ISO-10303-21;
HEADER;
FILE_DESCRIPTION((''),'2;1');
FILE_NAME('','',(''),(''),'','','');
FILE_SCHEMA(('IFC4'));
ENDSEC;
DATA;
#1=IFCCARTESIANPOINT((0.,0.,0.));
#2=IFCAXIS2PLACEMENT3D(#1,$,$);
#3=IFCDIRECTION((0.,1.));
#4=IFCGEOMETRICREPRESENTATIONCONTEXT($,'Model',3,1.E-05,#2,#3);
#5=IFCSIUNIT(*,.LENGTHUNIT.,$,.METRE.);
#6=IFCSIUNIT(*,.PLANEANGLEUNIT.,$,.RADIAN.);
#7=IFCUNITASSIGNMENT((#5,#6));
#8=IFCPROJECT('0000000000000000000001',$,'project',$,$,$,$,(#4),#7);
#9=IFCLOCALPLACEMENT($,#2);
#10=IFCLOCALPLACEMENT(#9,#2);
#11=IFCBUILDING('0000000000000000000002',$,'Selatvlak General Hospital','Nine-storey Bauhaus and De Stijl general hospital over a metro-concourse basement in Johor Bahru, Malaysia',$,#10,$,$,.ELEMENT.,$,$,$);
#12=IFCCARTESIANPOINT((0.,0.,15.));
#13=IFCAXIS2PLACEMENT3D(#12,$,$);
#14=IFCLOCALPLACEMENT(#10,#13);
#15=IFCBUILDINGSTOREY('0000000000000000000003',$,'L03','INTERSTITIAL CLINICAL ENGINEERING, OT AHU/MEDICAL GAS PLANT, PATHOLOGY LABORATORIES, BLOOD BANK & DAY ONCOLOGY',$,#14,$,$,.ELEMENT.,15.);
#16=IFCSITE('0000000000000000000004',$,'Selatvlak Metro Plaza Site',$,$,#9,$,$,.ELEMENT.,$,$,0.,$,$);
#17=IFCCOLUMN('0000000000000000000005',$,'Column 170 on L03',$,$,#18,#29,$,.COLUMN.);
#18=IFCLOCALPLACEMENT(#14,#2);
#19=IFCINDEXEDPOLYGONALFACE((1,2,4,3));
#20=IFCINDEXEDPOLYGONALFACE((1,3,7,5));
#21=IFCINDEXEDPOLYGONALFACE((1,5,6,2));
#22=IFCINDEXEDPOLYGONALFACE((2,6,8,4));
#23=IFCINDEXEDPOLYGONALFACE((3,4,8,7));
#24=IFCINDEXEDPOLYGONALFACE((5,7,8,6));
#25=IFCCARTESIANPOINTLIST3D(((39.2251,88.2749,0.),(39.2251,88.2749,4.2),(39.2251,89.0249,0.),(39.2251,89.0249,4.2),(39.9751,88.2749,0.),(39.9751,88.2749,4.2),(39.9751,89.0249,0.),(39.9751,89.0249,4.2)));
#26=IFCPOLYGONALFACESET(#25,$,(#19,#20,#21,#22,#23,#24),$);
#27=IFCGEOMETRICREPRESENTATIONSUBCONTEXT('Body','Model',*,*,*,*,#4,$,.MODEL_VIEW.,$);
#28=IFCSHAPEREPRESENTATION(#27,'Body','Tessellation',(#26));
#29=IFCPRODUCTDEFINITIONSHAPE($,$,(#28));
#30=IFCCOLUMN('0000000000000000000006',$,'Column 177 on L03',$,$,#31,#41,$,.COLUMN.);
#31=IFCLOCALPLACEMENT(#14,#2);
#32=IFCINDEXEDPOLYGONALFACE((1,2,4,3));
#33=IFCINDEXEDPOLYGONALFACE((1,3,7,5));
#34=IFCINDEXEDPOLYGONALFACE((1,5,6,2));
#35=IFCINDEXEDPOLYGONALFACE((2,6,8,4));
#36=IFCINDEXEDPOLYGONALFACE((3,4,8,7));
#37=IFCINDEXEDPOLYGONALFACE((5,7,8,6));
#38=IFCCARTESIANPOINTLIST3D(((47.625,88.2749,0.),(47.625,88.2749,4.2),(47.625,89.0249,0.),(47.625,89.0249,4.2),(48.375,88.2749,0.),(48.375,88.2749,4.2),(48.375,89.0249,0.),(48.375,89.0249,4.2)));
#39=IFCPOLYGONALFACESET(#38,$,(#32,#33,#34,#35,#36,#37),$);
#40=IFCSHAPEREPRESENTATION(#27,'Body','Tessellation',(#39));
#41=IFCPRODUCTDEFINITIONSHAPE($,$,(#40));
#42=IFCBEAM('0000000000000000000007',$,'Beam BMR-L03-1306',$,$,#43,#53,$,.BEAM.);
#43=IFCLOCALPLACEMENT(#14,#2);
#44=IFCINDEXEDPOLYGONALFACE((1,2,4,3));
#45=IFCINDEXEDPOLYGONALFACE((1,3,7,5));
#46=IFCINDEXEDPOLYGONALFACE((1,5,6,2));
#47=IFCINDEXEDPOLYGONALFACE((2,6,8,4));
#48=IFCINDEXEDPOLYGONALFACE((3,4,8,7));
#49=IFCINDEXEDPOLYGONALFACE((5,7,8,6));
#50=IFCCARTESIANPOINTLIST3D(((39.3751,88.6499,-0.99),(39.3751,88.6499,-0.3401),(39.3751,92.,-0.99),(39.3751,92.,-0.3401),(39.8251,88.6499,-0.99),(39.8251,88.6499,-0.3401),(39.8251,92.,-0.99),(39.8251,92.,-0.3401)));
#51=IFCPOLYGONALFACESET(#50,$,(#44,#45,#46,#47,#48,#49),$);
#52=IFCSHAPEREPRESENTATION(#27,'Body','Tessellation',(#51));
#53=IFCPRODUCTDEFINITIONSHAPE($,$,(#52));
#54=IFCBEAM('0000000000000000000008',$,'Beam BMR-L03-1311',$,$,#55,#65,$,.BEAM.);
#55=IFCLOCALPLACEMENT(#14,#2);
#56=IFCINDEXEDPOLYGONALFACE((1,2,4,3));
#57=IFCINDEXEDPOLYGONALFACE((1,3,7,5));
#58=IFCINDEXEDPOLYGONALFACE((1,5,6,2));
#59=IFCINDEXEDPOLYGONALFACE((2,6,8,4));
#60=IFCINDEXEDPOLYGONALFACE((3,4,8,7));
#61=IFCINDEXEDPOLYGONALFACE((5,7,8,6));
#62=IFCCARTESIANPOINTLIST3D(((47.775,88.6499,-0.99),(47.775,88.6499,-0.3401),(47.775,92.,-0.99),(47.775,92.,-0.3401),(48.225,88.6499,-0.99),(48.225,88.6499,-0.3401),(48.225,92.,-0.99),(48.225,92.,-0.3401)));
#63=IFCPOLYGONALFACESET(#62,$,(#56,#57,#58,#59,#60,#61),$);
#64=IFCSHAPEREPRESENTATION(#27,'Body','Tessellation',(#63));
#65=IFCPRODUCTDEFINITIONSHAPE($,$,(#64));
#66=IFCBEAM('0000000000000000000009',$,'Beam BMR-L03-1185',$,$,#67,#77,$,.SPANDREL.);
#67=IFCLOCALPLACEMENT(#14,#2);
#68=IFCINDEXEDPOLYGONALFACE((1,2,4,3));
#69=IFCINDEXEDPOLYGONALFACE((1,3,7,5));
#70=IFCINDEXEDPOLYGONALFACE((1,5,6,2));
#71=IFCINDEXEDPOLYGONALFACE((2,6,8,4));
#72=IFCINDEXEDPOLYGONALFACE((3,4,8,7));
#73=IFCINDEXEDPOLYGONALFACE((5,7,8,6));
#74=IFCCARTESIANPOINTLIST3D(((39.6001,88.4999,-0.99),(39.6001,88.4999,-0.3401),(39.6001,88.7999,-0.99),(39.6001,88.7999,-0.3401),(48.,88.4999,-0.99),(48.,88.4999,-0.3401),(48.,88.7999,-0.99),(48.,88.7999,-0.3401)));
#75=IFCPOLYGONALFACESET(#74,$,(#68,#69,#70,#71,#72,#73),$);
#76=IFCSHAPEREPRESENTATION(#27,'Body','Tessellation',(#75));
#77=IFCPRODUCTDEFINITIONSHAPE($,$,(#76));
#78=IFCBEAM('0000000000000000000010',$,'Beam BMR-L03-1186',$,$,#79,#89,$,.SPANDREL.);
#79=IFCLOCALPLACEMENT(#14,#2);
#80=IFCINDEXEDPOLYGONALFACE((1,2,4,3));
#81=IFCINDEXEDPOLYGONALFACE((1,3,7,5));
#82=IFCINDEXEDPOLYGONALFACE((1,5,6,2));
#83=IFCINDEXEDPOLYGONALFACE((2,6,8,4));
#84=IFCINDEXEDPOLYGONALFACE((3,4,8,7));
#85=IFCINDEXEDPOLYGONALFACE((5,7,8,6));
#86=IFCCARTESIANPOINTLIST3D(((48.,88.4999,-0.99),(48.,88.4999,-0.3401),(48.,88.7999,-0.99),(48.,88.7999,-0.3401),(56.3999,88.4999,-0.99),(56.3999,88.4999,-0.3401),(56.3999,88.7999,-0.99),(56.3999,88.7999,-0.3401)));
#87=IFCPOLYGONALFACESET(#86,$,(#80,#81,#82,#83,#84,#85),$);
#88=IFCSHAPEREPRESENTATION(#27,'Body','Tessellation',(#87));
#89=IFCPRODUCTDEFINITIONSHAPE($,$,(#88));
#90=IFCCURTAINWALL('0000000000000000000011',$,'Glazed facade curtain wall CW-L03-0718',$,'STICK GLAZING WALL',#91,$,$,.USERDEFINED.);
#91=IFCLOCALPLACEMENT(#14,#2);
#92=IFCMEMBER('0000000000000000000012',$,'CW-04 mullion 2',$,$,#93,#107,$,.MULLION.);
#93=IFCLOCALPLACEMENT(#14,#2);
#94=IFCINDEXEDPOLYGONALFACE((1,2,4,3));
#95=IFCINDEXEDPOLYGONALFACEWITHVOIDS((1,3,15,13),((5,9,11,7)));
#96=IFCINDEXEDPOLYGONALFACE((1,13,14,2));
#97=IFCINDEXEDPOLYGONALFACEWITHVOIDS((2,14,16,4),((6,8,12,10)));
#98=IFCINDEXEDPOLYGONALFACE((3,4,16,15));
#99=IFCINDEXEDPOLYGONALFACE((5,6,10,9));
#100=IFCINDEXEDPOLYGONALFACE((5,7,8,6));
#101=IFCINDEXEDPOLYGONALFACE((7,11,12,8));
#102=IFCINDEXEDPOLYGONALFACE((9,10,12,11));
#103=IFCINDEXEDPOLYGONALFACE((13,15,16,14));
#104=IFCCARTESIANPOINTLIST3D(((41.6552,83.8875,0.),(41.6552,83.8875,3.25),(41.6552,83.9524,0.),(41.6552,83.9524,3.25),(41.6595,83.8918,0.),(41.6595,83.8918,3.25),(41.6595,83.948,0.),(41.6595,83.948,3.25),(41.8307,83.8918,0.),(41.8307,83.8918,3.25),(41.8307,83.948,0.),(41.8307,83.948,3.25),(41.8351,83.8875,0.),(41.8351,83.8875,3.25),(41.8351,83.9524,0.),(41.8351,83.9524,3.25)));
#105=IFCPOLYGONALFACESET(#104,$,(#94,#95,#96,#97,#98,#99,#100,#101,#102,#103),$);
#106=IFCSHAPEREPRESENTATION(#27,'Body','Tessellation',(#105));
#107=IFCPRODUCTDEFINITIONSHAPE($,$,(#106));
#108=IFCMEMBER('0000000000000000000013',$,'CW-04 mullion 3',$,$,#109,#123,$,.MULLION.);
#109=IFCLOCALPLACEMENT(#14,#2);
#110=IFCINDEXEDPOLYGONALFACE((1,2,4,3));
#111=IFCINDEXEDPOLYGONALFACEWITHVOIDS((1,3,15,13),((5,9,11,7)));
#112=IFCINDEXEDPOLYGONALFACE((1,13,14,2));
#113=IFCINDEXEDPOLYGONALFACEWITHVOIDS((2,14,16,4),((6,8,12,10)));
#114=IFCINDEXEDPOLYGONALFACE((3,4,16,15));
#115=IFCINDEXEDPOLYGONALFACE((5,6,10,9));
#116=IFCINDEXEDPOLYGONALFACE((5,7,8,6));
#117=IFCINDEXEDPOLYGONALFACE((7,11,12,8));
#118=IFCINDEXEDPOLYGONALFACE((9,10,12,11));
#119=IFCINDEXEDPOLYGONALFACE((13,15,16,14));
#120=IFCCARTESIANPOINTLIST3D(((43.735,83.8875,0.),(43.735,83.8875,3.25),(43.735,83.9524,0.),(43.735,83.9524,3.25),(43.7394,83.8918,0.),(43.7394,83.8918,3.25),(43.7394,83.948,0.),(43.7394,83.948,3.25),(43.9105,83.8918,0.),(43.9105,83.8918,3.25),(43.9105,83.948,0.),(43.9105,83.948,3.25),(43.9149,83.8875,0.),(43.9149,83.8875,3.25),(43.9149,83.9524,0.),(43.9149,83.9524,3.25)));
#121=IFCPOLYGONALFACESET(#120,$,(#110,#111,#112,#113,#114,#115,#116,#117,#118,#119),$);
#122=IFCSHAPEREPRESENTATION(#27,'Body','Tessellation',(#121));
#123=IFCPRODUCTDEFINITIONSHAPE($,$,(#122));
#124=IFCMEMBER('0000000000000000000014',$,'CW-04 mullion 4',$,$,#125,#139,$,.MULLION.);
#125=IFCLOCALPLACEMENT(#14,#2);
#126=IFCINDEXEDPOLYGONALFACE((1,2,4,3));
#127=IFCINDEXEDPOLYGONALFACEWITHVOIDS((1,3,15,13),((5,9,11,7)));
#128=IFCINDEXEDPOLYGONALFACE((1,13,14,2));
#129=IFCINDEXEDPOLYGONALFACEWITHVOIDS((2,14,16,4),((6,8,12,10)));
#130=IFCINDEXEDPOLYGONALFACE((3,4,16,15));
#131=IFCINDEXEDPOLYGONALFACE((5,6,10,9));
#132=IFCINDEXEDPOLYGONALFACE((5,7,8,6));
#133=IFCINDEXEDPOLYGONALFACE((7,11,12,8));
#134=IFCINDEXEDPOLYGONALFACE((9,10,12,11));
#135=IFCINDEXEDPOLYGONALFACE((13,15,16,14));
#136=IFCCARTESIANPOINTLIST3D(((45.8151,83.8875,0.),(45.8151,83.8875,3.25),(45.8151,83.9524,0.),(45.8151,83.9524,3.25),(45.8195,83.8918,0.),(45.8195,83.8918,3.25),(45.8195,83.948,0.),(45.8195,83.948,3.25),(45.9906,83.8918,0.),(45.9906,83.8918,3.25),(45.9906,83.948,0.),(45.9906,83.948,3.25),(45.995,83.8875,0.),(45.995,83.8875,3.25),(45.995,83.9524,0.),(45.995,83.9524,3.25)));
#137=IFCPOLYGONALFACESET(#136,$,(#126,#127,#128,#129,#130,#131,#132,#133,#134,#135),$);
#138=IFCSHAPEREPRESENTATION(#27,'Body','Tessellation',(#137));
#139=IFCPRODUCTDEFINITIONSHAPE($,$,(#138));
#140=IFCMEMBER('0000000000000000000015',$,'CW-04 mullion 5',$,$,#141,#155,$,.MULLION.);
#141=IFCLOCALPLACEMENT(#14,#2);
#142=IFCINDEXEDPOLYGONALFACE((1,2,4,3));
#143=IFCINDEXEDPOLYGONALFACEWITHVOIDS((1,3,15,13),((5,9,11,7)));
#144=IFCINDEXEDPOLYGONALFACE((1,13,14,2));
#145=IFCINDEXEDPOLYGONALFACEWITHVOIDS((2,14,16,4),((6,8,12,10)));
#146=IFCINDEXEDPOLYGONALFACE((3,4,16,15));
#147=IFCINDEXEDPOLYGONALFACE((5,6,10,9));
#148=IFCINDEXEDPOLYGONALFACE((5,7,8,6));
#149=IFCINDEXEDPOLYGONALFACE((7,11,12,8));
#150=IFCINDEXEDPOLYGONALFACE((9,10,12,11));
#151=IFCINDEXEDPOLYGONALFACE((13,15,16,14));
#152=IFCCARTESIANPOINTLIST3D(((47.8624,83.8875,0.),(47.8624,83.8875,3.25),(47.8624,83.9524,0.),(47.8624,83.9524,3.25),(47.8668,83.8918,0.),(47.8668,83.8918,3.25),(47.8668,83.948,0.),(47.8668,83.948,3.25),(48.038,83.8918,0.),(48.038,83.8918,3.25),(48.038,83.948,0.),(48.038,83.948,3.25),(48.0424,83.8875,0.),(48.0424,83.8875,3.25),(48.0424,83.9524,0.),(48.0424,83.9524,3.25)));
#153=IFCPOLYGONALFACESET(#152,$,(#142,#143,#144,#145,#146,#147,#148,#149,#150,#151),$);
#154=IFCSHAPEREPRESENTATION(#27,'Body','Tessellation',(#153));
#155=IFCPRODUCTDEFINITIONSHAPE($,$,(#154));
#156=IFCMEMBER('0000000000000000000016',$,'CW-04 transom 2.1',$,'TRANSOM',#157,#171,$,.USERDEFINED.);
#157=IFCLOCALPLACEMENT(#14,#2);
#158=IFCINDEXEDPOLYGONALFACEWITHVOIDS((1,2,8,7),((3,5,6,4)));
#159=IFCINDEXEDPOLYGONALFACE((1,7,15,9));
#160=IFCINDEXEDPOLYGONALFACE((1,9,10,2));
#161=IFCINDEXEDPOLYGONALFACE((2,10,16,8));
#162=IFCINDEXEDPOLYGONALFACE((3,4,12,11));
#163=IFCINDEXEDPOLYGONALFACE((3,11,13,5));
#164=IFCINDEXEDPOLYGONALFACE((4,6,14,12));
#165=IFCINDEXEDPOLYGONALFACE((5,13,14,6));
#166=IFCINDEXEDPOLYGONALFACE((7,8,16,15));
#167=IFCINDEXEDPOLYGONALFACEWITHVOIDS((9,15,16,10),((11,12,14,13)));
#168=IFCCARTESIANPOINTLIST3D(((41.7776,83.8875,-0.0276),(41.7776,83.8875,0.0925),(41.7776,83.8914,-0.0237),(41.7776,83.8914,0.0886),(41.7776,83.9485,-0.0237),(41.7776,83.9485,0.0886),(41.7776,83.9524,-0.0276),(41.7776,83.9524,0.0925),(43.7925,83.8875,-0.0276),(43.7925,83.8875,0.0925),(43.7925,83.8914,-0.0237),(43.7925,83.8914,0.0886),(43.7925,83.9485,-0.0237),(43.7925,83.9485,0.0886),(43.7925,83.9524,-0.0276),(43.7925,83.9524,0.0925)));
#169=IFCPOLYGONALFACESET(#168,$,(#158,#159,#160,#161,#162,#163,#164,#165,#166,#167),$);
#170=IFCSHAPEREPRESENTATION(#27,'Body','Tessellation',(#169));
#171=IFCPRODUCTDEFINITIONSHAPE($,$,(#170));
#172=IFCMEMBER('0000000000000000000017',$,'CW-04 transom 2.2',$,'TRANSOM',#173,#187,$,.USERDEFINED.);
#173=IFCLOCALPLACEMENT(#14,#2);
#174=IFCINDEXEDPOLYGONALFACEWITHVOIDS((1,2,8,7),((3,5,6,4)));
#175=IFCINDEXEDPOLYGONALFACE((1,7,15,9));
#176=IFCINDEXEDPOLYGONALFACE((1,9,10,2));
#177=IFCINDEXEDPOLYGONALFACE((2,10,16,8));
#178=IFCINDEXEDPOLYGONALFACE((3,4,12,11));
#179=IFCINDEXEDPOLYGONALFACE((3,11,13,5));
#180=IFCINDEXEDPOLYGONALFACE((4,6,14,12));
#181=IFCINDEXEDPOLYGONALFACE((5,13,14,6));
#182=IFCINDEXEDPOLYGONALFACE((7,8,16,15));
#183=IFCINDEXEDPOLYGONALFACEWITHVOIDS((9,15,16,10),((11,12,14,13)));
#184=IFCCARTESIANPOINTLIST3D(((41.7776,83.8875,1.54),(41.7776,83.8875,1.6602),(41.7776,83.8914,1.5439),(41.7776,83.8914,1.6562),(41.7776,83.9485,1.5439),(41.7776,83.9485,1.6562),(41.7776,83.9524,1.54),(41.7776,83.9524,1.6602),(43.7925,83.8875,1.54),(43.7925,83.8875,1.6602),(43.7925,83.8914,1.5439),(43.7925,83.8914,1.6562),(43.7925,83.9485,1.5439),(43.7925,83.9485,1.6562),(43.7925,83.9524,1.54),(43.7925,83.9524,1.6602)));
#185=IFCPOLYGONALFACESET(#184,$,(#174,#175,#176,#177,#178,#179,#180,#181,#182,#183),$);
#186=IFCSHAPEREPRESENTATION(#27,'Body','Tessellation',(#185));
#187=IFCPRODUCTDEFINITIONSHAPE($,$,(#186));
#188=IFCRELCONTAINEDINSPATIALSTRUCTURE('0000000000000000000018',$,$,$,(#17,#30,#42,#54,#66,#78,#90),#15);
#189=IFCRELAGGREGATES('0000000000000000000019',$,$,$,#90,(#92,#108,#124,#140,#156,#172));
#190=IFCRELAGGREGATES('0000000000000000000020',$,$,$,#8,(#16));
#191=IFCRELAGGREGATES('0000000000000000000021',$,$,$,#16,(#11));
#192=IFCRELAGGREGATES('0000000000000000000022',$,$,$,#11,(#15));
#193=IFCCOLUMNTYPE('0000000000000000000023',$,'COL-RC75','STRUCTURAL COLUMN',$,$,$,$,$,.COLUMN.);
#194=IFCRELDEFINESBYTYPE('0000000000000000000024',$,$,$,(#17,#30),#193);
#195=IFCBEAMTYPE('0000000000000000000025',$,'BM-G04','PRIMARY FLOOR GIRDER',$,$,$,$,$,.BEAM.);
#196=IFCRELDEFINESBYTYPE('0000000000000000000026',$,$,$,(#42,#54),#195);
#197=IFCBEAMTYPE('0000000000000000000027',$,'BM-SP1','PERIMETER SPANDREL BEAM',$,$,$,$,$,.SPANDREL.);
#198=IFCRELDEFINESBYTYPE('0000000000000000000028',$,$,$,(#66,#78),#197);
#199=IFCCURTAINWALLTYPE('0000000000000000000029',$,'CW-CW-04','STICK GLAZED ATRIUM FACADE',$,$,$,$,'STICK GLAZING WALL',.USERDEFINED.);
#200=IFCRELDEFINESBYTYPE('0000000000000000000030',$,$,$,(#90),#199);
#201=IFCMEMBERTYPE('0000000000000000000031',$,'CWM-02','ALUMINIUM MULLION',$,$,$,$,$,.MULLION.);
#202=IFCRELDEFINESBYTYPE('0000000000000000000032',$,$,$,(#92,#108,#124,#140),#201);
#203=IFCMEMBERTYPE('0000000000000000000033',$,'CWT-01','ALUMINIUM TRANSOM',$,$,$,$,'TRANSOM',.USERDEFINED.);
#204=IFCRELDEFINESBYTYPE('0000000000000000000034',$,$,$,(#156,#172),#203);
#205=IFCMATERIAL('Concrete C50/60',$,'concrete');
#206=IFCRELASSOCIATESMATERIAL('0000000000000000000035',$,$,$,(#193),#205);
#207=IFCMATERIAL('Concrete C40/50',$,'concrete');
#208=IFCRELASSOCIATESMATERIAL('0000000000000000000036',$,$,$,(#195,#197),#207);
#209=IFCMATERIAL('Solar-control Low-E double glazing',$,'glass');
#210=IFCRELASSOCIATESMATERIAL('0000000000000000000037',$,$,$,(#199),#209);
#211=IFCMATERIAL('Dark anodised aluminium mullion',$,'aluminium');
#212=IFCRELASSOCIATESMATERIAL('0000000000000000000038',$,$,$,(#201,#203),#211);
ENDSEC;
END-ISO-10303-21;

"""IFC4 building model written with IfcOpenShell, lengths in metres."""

from ifc_helpers import new_model, si_unit, direction, frame, origin, origin_2d, place, context, subcontext, project, spatial, rectangle, hollow_rectangle, extrude, material, material_profile, profile_set, type_object, element, aggregate, save


model = new_model("IFC4")

# Units and contexts
model_context = context("Model", 3, precision=1e-05, world=origin(), true_north=direction((0.0, 1.0)))
body_context = subcontext(model_context, "Body", "Model", "MODEL_VIEW")
ifc_project = project(units=[si_unit("LENGTHUNIT", "METRE"), si_unit("PLANEANGLEUNIT", "RADIAN")], contexts=[model_context])

# Site, building, storey
site_placement = place(None, origin())
site = spatial("IfcSite", under=ifc_project, at=site_placement, Name="Selatvlak Metro Plaza Site", CompositionType="ELEMENT", RefElevation=0.0)
building_placement = place(site_placement, origin())
building = spatial("IfcBuilding", under=site, at=building_placement, Name="Selatvlak General Hospital", Description="Nine-storey Bauhaus and De Stijl general hospital over a metro-concourse basement in Johor Bahru, Malaysia", CompositionType="ELEMENT")
storey_placement = place(building_placement, frame((0.0, 0.0, 15.0)))
storey = spatial("IfcBuildingStorey", under=building, at=storey_placement, Name="L03", Description="INTERSTITIAL CLINICAL ENGINEERING, OT AHU/MEDICAL GAS PLANT, PATHOLOGY LABORATORIES, BLOOD BANK & DAY ONCOLOGY", CompositionType="ELEMENT", Elevation=15.0)

# Columns
ifc_material_1 = material(Name="Concrete C50/60", Category="concrete")
ifc_material_profile_1 = material_profile(ifc_material_1, rectangle(XDim=0.75, YDim=0.75, at=origin_2d()), Name="RC-COL 750x750")
ifc_profile_set_1 = profile_set([ifc_material_profile_1], Name="Concrete C50/60")
column_type = type_object("IfcColumnType", Name="COL-RC75", Description="STRUCTURAL COLUMN", PredefinedType="COLUMN", material=ifc_profile_set_1)
for number, where, z_axis, x_axis, name in (
    (1, (39.6001, 88.6499, 0.0), (0.0, 0.0, 1.0), (1.0, 0.0, 0.0), "Column 170 on L03"),
    (2, (48.0, 88.6499, 0.0), (0.0, 0.0, 1.0), (1.0, 0.0, 0.0), "Column 177 on L03"),
):
    element("IfcColumn", number, at=place(storey_placement, frame(where, z_axis=z_axis, x_axis=x_axis)), inside=storey, type_object=column_type, Name=name, PredefinedType="COLUMN", context=body_context, shape_type="SweptSolid", body=[
        extrude(rectangle(XDim=0.75, YDim=0.75, at=origin_2d()), origin(), (0.0, 0.0, 1.0), 4.2),
    ])

# Beams
ifc_material_2 = material(Name="Concrete C40/50", Category="concrete")
ifc_material_profile_2 = material_profile(ifc_material_2, rectangle(XDim=0.45, YDim=0.6499, at=origin_2d()), Name="RC-BM 450x650")
ifc_profile_set_2 = profile_set([ifc_material_profile_2], Name="Concrete C40/50")
beam_type_1 = type_object("IfcBeamType", Name="BM-G04", Description="PRIMARY FLOOR GIRDER", PredefinedType="BEAM", material=ifc_profile_set_2)
for number, where, z_axis, x_axis, name in (
    (3, (39.6001, 88.6499, -0.665), (0.0, 1.0, 0.0), (-1.0, 0.0, 0.0), "Beam BMR-L03-1306"),
    (4, (48.0, 88.6499, -0.665), (0.0, 1.0, 0.0), (-1.0, 0.0, 0.0), "Beam BMR-L03-1311"),
):
    element("IfcBeam", number, at=place(storey_placement, frame(where, z_axis=z_axis, x_axis=x_axis)), inside=storey, type_object=beam_type_1, Name=name, PredefinedType="BEAM", context=body_context, shape_type="SweptSolid", body=[
        extrude(rectangle(XDim=0.45, YDim=0.6499, at=origin_2d()), origin(), (0.0, 0.0, 1.0), 3.3501),
    ])
ifc_material_profile_3 = material_profile(ifc_material_2, rectangle(XDim=0.3, YDim=0.6499, at=origin_2d()), Name="RC-SP 300x650")
ifc_profile_set_3 = profile_set([ifc_material_profile_3], Name="Concrete C40/50")
beam_type_2 = type_object("IfcBeamType", Name="BM-SP1", Description="PERIMETER SPANDREL BEAM", PredefinedType="SPANDREL", material=ifc_profile_set_3)
for number, where, z_axis, x_axis, name in (
    (5, (39.6001, 88.6499, -0.665), (1.0, 0.0, 0.0), (0.0, 1.0, 0.0), "Beam BMR-L03-1185"),
    (6, (48.0, 88.6499, -0.665), (1.0, 0.0, 0.0), (0.0, 1.0, 0.0), "Beam BMR-L03-1186"),
):
    element("IfcBeam", number, at=place(storey_placement, frame(where, z_axis=z_axis, x_axis=x_axis)), inside=storey, type_object=beam_type_2, Name=name, PredefinedType="SPANDREL", context=body_context, shape_type="SweptSolid", body=[
        extrude(rectangle(XDim=0.3, YDim=0.6499, at=origin_2d()), origin(), (0.0, 0.0, 1.0), 8.3999),
    ])

# Curtain wall, members
ifc_material_3 = material(Name="Solar-control Low-E double glazing", Category="glass")
curtain_wall_type = type_object("IfcCurtainWallType", Name="CW-CW-04", Description="STICK GLAZED ATRIUM FACADE", ElementType="STICK GLAZING WALL", PredefinedType="USERDEFINED", material=ifc_material_3)
curtain_wall_placement = place(storey_placement, origin())
curtain_wall = element("IfcCurtainWall", 7, at=curtain_wall_placement, inside=storey, type_object=curtain_wall_type, Name="Glazed facade curtain wall CW-L03-0718", ObjectType="STICK GLAZING WALL", PredefinedType="USERDEFINED")
ifc_material_4 = material(Name="Dark anodised aluminium mullion", Category="aluminium")
ifc_material_profile_4 = material_profile(ifc_material_4, hollow_rectangle(XDim=0.0649, YDim=0.1799, WallThickness=0.0044, at=origin_2d()), Name="AL-MUL 65x180x4.5")
ifc_profile_set_4 = profile_set([ifc_material_profile_4], Name="Dark anodised aluminium mullion")
member_type_1 = type_object("IfcMemberType", Name="CWM-02", Description="ALUMINIUM MULLION", PredefinedType="MULLION", material=ifc_profile_set_4)
member_1_placement = place(storey_placement, frame((41.7451, 83.9199, 0.0), z_axis=(0.0, 0.0, 1.0), x_axis=(0.0, 1.0, 0.0)))
member_1 = element("IfcMember", 8, at=member_1_placement, type_object=member_type_1, Name="CW-04 mullion 2", PredefinedType="MULLION", context=body_context, shape_type="SweptSolid", body=[
    extrude(hollow_rectangle(XDim=0.0649, YDim=0.1799, WallThickness=0.0044, at=origin_2d()), origin(), (0.0, 0.0, 1.0), 3.25),
])
member_2_placement = place(storey_placement, frame((43.825, 83.9199, 0.0), z_axis=(0.0, 0.0, 1.0), x_axis=(0.0, 1.0, 0.0)))
member_2 = element("IfcMember", 9, at=member_2_placement, type_object=member_type_1, Name="CW-04 mullion 3", PredefinedType="MULLION", context=body_context, shape_type="SweptSolid", body=[
    extrude(hollow_rectangle(XDim=0.0649, YDim=0.1799, WallThickness=0.0044, at=origin_2d()), origin(), (0.0, 0.0, 1.0), 3.25),
])
member_3_placement = place(storey_placement, frame((45.905, 83.9199, 0.0), z_axis=(0.0, 0.0, 1.0), x_axis=(0.0, 1.0, 0.0)))
member_3 = element("IfcMember", 10, at=member_3_placement, type_object=member_type_1, Name="CW-04 mullion 4", PredefinedType="MULLION", context=body_context, shape_type="SweptSolid", body=[
    extrude(hollow_rectangle(XDim=0.0649, YDim=0.1799, WallThickness=0.0044, at=origin_2d()), origin(), (0.0, 0.0, 1.0), 3.25),
])
member_4_placement = place(storey_placement, frame((47.9524, 83.9199, 0.0), z_axis=(0.0, 0.0, 1.0), x_axis=(0.0, 1.0, 0.0)))
member_4 = element("IfcMember", 11, at=member_4_placement, type_object=member_type_1, Name="CW-04 mullion 5", PredefinedType="MULLION", context=body_context, shape_type="SweptSolid", body=[
    extrude(hollow_rectangle(XDim=0.0649, YDim=0.1799, WallThickness=0.0044, at=origin_2d()), origin(), (0.0, 0.0, 1.0), 3.25),
])
ifc_material_profile_5 = material_profile(ifc_material_4, hollow_rectangle(XDim=0.0649, YDim=0.1201, WallThickness=0.0039, at=origin_2d()), Name="AL-TRN 65x120x4")
ifc_profile_set_5 = profile_set([ifc_material_profile_5], Name="Dark anodised aluminium mullion")
member_type_2 = type_object("IfcMemberType", Name="CWT-01", Description="ALUMINIUM TRANSOM", ElementType="TRANSOM", PredefinedType="USERDEFINED", material=ifc_profile_set_5)
member_5_placement = place(storey_placement, frame((41.7776, 83.9199, 0.0325), z_axis=(1.0, 0.0, 0.0), x_axis=(0.0, 1.0, 0.0)))
member_5 = element("IfcMember", 12, at=member_5_placement, type_object=member_type_2, Name="CW-04 transom 2.1", ObjectType="TRANSOM", PredefinedType="USERDEFINED", context=body_context, shape_type="SweptSolid", body=[
    extrude(hollow_rectangle(XDim=0.0649, YDim=0.1201, WallThickness=0.0039, at=origin_2d()), origin(), (0.0, 0.0, 1.0), 2.0149),
])
member_6_placement = place(storey_placement, frame((41.7776, 83.9199, 1.6001), z_axis=(1.0, 0.0, 0.0), x_axis=(0.0, 1.0, 0.0)))
member_6 = element("IfcMember", 13, at=member_6_placement, type_object=member_type_2, Name="CW-04 transom 2.2", ObjectType="TRANSOM", PredefinedType="USERDEFINED", context=body_context, shape_type="SweptSolid", body=[
    extrude(hollow_rectangle(XDim=0.0649, YDim=0.1201, WallThickness=0.0039, at=origin_2d()), origin(), (0.0, 0.0, 1.0), 2.0149),
])
aggregate(curtain_wall, [member_1, member_2, member_3, member_4, member_5, member_6])

save(model, "model.ifc")
